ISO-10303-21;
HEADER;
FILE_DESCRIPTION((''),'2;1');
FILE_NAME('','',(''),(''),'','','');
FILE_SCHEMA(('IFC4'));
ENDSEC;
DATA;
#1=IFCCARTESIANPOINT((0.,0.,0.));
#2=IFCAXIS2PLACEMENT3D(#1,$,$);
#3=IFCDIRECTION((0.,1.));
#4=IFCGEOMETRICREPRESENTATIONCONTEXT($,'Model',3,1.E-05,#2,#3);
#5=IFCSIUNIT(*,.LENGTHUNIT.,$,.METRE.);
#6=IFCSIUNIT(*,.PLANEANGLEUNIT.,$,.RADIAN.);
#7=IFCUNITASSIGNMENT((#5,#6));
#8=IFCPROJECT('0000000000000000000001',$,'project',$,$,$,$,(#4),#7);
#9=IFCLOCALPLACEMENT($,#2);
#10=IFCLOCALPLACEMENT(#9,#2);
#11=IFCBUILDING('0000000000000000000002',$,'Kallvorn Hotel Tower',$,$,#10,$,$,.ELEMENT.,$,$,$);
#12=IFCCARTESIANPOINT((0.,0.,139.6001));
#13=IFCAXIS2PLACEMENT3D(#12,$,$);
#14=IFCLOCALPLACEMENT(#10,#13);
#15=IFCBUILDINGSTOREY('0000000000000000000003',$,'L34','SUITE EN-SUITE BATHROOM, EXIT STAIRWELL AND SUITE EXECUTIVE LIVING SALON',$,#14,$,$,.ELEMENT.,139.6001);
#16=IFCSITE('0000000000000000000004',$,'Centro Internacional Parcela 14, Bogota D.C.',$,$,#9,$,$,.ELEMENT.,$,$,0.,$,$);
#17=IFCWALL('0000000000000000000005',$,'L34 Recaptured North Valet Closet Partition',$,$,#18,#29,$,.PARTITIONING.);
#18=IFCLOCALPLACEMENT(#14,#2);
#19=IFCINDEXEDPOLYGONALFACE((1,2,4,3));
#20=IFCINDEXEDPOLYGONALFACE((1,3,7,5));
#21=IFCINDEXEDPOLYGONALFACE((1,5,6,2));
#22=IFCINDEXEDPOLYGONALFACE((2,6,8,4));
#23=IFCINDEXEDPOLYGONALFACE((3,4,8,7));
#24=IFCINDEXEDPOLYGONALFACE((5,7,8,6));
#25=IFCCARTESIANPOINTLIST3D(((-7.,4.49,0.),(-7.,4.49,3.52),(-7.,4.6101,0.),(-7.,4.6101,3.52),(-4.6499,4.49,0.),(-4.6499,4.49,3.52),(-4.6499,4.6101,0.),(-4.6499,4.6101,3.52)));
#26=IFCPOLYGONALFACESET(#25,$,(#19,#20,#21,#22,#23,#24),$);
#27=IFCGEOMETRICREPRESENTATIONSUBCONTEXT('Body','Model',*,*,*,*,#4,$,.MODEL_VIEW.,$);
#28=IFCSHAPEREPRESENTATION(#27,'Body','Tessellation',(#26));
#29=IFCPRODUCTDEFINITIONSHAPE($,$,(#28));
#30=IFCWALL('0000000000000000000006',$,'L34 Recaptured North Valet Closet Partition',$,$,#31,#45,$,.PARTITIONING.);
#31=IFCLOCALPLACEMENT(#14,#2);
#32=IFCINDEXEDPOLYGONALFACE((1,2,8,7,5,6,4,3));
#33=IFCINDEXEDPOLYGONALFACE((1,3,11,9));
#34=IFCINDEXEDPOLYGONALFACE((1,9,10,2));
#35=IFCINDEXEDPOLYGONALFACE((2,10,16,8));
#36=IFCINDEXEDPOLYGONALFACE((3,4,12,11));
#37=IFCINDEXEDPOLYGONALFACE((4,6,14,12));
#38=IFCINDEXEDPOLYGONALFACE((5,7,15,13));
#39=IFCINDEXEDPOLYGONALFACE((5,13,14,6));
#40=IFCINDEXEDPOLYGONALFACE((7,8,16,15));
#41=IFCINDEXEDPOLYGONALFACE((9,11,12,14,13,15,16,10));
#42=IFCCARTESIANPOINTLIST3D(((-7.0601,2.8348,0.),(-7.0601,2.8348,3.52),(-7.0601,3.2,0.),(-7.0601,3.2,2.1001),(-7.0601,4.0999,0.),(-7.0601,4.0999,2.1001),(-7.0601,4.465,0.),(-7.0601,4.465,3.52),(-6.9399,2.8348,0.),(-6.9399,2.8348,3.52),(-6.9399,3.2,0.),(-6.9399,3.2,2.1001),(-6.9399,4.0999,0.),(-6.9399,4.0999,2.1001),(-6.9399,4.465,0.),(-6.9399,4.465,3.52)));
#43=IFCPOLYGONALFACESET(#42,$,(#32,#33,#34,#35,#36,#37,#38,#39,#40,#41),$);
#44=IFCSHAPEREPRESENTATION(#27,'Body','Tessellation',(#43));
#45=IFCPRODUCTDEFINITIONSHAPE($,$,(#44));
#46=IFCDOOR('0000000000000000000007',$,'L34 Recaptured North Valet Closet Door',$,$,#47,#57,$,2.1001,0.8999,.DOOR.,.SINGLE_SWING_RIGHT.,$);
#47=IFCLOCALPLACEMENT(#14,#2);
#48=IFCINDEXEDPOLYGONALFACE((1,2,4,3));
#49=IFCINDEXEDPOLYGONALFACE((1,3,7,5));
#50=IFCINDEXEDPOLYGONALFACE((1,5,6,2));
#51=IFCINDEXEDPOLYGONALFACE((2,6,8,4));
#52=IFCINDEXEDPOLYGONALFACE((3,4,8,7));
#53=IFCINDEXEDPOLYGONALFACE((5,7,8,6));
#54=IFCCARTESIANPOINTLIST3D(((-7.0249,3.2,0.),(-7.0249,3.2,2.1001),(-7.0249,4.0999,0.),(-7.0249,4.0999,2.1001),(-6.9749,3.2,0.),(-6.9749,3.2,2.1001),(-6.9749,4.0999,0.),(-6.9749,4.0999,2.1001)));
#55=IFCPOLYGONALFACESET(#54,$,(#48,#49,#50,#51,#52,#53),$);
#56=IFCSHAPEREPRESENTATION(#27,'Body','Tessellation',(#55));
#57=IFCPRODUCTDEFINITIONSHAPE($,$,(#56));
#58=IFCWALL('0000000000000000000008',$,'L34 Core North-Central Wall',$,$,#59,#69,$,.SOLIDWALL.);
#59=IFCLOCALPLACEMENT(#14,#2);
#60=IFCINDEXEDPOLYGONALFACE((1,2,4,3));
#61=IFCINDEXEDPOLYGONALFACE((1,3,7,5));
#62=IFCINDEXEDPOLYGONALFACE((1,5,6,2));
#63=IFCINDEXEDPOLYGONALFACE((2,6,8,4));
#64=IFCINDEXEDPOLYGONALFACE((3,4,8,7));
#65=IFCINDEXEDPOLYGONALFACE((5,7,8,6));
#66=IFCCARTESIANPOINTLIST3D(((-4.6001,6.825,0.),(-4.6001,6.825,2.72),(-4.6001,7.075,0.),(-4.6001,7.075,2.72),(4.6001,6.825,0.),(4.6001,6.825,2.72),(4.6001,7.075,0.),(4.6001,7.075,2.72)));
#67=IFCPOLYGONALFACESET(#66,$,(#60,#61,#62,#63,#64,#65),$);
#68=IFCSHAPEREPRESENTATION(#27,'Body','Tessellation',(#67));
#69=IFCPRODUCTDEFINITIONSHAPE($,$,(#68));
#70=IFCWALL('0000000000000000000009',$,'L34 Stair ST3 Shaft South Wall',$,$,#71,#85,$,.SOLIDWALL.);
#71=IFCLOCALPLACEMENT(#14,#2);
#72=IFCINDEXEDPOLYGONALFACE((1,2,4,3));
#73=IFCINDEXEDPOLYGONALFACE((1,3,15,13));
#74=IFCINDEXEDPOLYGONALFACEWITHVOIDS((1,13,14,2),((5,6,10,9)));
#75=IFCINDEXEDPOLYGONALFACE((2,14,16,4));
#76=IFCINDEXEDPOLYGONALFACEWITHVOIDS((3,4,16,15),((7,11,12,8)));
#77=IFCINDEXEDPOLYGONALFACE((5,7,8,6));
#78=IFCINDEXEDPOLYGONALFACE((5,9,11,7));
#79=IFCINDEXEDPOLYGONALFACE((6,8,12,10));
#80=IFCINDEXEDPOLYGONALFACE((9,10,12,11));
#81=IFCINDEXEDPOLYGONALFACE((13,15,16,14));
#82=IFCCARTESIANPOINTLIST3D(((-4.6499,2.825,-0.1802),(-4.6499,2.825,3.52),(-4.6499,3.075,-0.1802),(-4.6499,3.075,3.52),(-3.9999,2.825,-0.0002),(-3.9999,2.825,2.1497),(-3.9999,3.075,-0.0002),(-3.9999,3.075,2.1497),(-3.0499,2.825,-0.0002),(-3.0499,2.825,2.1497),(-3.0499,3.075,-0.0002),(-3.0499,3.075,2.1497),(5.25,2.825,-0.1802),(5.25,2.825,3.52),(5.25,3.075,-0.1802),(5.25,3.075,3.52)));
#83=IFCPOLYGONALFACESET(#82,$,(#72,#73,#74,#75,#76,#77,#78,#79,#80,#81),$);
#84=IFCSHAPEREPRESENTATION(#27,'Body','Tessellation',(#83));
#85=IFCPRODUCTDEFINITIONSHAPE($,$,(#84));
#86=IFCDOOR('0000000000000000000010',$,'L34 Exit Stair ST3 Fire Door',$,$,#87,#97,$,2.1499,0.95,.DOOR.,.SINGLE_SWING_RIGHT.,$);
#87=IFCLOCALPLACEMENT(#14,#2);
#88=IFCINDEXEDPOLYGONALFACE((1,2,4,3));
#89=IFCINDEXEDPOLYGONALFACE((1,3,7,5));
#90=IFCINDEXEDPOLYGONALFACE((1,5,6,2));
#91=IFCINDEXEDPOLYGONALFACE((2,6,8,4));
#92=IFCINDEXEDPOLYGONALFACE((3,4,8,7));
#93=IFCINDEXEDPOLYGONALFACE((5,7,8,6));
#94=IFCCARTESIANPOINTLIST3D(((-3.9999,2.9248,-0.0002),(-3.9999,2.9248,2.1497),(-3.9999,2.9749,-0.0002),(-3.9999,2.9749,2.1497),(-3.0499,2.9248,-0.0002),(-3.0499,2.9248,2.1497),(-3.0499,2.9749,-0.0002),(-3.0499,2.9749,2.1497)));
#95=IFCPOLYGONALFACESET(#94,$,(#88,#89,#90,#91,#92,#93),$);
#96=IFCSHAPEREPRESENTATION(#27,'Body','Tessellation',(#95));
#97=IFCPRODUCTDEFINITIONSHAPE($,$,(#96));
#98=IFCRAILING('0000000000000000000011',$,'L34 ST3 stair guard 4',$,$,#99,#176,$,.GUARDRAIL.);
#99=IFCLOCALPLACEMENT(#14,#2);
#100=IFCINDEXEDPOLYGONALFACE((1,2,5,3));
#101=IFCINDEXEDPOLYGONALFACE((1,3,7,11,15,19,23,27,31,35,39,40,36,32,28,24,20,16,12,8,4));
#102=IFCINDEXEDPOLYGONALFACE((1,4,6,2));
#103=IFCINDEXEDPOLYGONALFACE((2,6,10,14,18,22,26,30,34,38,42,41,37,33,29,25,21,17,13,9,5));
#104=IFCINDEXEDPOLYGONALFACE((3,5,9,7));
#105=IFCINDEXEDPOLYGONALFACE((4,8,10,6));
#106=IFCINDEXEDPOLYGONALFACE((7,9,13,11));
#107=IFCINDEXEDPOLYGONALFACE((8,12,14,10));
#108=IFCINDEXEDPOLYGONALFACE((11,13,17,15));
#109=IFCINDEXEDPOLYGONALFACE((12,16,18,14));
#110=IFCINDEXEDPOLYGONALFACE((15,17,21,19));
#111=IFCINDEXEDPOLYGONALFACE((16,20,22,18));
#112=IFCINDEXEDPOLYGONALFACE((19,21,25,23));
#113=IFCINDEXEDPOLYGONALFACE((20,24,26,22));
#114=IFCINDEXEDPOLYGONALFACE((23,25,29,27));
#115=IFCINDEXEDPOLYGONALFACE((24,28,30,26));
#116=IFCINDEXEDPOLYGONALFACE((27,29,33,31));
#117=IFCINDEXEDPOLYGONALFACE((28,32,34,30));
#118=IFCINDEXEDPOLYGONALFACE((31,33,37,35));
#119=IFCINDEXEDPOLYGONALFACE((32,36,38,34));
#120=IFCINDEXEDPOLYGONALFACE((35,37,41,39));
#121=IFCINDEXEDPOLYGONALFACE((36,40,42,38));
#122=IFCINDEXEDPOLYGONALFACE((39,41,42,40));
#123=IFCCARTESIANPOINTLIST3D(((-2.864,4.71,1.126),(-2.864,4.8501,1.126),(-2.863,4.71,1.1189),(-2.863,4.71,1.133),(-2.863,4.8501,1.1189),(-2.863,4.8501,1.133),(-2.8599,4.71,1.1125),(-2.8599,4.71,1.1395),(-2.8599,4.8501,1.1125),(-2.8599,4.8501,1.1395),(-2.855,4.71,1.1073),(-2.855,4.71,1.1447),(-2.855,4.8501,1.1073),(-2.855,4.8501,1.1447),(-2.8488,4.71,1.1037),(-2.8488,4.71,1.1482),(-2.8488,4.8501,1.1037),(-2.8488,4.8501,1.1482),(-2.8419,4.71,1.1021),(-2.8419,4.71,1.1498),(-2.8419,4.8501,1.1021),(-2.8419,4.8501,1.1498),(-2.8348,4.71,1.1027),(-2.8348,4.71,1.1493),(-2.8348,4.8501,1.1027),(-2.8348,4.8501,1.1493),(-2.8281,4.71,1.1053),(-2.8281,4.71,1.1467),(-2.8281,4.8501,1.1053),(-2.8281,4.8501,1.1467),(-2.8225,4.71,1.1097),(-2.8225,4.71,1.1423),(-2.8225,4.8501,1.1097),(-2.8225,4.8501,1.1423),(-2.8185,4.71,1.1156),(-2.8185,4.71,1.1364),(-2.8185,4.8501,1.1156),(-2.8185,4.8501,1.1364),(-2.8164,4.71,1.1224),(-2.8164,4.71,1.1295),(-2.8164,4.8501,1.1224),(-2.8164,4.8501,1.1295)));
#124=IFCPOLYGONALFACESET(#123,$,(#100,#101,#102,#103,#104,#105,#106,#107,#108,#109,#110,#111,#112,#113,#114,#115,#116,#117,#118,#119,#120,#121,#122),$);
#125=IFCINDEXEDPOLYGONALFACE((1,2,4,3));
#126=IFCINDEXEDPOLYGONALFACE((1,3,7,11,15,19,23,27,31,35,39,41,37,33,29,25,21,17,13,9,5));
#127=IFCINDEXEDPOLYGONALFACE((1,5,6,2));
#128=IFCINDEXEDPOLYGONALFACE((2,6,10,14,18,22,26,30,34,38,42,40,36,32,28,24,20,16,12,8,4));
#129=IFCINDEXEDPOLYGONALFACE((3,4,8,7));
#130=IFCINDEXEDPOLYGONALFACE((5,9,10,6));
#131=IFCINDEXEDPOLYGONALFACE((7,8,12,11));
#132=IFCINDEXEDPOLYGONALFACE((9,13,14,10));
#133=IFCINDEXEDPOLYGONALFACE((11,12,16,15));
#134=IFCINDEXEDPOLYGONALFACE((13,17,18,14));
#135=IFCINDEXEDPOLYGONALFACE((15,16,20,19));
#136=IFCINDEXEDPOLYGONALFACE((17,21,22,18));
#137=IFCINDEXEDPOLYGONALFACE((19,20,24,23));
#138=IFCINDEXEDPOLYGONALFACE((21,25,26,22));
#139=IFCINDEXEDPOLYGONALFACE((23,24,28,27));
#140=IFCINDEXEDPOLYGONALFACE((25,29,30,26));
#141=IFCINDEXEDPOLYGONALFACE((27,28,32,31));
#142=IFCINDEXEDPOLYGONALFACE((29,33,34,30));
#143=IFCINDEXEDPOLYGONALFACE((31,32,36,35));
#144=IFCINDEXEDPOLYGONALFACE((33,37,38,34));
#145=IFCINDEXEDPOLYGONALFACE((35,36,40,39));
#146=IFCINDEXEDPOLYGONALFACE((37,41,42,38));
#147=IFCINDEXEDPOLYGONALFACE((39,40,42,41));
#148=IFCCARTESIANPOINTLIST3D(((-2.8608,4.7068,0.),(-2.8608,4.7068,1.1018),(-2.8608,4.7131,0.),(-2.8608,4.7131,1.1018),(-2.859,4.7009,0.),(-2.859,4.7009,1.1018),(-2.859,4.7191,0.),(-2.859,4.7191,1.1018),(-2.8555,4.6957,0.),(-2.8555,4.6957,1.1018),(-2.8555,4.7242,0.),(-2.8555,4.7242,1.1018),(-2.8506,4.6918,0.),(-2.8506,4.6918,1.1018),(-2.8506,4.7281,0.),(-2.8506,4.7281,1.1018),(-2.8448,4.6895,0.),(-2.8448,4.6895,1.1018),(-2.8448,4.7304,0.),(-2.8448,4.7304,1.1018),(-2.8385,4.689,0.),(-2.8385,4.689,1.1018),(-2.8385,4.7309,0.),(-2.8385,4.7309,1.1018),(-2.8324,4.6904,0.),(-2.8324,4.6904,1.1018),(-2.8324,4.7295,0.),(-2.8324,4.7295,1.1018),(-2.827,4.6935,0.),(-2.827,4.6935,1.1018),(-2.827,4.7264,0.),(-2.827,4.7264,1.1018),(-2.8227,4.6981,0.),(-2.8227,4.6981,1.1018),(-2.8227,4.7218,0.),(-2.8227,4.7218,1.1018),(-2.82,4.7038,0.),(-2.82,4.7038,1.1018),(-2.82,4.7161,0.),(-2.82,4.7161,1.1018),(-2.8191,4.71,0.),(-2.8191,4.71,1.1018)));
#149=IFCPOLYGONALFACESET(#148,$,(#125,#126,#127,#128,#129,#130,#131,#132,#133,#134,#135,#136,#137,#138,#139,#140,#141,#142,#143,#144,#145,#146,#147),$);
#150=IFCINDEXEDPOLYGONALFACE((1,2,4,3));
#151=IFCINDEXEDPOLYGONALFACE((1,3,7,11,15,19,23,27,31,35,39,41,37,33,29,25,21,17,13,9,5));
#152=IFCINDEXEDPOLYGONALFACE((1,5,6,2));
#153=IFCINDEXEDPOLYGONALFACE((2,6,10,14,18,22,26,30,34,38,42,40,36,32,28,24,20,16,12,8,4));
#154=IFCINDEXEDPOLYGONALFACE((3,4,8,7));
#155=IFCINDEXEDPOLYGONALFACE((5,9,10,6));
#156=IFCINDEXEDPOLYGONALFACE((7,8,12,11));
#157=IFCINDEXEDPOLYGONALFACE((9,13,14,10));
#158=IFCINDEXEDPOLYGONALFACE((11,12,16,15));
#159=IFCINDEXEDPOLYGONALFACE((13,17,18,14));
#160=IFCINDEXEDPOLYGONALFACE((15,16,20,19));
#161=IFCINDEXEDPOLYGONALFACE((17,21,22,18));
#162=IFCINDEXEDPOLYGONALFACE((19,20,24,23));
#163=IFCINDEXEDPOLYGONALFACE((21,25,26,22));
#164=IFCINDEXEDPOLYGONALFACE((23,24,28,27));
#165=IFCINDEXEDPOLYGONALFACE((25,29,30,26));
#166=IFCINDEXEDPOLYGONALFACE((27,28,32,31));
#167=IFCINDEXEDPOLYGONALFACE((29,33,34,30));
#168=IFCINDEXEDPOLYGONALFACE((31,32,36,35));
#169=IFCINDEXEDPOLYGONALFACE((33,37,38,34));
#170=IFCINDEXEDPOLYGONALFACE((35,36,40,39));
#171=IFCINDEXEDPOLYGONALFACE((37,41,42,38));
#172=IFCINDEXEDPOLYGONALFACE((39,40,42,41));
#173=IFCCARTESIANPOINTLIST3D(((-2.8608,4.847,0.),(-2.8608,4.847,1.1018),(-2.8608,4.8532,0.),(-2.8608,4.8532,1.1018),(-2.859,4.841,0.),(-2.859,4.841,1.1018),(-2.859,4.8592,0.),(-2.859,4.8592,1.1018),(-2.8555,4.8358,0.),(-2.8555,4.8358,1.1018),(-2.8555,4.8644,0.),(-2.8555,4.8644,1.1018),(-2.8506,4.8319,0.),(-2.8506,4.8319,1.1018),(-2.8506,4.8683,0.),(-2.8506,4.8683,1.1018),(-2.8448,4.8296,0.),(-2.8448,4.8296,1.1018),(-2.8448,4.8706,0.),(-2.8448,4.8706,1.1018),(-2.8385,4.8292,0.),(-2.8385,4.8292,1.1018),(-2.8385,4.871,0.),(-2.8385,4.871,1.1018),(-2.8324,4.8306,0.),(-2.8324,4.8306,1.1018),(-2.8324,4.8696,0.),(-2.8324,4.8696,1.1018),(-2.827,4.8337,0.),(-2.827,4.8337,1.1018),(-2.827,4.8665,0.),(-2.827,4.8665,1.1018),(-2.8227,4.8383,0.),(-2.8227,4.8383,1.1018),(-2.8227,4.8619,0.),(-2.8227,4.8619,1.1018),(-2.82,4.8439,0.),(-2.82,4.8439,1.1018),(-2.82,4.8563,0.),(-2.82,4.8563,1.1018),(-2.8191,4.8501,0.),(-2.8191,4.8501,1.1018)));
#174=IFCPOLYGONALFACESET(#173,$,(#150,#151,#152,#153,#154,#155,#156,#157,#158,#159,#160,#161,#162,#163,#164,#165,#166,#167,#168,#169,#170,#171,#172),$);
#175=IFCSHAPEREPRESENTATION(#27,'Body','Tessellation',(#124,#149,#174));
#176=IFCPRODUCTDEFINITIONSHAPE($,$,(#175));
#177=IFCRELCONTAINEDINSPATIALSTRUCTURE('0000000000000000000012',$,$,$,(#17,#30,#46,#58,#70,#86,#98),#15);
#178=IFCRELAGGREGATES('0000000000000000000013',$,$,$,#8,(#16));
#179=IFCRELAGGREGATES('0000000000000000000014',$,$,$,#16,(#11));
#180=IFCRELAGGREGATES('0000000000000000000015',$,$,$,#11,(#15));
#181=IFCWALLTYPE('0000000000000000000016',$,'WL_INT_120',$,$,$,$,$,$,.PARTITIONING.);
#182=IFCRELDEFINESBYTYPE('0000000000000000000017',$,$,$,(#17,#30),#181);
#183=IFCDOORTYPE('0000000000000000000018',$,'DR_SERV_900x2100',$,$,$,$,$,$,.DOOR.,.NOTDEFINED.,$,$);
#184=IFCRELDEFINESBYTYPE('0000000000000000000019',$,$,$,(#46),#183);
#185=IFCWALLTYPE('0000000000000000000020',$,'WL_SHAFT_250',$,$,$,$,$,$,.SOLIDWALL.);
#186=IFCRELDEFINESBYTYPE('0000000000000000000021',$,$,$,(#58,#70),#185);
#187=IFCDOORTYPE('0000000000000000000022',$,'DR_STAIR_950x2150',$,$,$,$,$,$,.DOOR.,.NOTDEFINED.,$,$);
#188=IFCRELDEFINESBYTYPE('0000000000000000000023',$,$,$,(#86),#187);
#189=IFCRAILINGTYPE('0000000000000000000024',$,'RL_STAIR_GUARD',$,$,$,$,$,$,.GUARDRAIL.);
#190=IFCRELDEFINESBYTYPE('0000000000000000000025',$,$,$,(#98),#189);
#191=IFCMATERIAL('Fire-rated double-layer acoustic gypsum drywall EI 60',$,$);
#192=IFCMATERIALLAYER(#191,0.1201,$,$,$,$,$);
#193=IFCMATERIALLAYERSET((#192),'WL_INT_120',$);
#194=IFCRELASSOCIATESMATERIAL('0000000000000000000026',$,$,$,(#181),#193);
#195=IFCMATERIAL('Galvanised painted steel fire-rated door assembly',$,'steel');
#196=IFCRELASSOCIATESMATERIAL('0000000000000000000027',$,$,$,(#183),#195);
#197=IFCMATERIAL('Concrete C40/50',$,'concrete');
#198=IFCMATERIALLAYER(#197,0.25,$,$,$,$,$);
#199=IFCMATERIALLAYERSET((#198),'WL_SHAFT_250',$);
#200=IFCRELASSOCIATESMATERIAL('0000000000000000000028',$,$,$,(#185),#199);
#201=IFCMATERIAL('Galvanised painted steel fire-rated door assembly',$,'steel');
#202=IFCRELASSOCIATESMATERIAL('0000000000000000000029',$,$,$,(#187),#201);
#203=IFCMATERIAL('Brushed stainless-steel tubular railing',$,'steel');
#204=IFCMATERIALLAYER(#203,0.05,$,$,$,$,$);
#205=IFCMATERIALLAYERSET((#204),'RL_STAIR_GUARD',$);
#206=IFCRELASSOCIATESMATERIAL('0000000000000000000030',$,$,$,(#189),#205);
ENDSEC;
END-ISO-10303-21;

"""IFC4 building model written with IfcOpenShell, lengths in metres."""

from ifc_helpers import new_model, si_unit, direction, frame, frame_2d, origin, origin_2d, place, context, subcontext, project, spatial, rectangle, circle, extrude, material, layer, layer_set, type_object, element, fill, save


model = new_model("IFC4")

# Units and contexts
model_context = context("Model", 3, precision=1e-05, world=origin(), true_north=direction((0.0, 1.0)))
body_context = subcontext(model_context, "Body", "Model", "MODEL_VIEW")
ifc_project = project(units=[si_unit("LENGTHUNIT", "METRE"), si_unit("PLANEANGLEUNIT", "RADIAN")], contexts=[model_context])

# Site, building, storey
site_placement = place(None, origin())
site = spatial("IfcSite", under=ifc_project, at=site_placement, Name="Centro Internacional Parcela 14, Bogota D.C.", CompositionType="ELEMENT", RefElevation=0.0)
building_placement = place(site_placement, origin())
building = spatial("IfcBuilding", under=site, at=building_placement, Name="Kallvorn Hotel Tower", CompositionType="ELEMENT")
storey_placement = place(building_placement, frame((0.0, 0.0, 139.6001)))
storey = spatial("IfcBuildingStorey", under=building, at=storey_placement, Name="L34", Description="SUITE EN-SUITE BATHROOM, EXIT STAIRWELL AND SUITE EXECUTIVE LIVING SALON", CompositionType="ELEMENT", Elevation=139.6001)

# Wall
ifc_material_1 = material(Name="Fire-rated double-layer acoustic gypsum drywall EI 60")
ifc_layer_1 = layer(ifc_material_1, 0.1201)
ifc_layer_set_1 = layer_set([ifc_layer_1], Name="WL_INT_120")
wall_type_1 = type_object("IfcWallType", Name="WL_INT_120", PredefinedType="PARTITIONING", material=ifc_layer_set_1)
wall_1_placement = place(storey_placement, frame((-7.0, 4.55, 0.0), z_axis=(0.0, 0.0, 1.0), x_axis=(1.0, 0.0, 0.0)))
element("IfcWall", 1, at=wall_1_placement, inside=storey, type_object=wall_type_1, Name="L34 Recaptured North Valet Closet Partition", PredefinedType="PARTITIONING", context=body_context, shape_type="SweptSolid", body=[
    extrude(rectangle(XDim=2.3501, YDim=0.1201, at=frame_2d((1.175, 0.0))), origin(), (0.0, 0.0, 1.0), 3.52),
])

# Wall, opening, door
wall_2_placement = place(storey_placement, frame((-7.0, 2.835, 0.0), z_axis=(0.0, 0.0, 1.0), x_axis=(0.0, 1.0, 0.0)))
wall_2 = element("IfcWall", 2, at=wall_2_placement, inside=storey, type_object=wall_type_1, Name="L34 Recaptured North Valet Closet Partition", PredefinedType="PARTITIONING", context=body_context, shape_type="SweptSolid", body=[
    extrude(rectangle(XDim=1.6301, YDim=0.1201, at=frame_2d((0.8149, 0.0))), origin(), (0.0, 0.0, 1.0), 3.52),
])
opening_1_placement = place(wall_2_placement, frame((0.365, 0.0, 0.0)))
opening_1 = element("IfcOpeningElement", 3, at=opening_1_placement, cuts=wall_2, PredefinedType="OPENING", context=body_context, shape_type="SweptSolid", body=[
    extrude(rectangle(XDim=0.8999, YDim=2.1001, at=frame_2d((0.45, 1.05))), frame((0.0, 0.075, 0.0), z_axis=(0.0, -1.0, 0.0), x_axis=(1.0, 0.0, 0.0)), (0.0, 0.0, 1.0), 0.1501),
])
ifc_material_2 = material(Name="Galvanised painted steel fire-rated door assembly", Category="steel")
door_type_1 = type_object("IfcDoorType", Name="DR_SERV_900x2100", OperationType="NOTDEFINED", PredefinedType="DOOR", material=ifc_material_2)
door_1_placement = place(opening_1_placement, origin())
door_1 = element("IfcDoor", 4, at=door_1_placement, inside=storey, type_object=door_type_1, Name="L34 Recaptured North Valet Closet Door", OperationType="SINGLE_SWING_RIGHT", OverallHeight=2.1001, OverallWidth=0.8999, PredefinedType="DOOR", context=body_context, shape_type="SweptSolid", body=[
    extrude(rectangle(XDim=0.8999, YDim=2.1001, at=frame_2d((0.45, 1.05))), frame((0.0, 0.0249, 0.0), z_axis=(0.0, -1.0, 0.0), x_axis=(1.0, 0.0, 0.0)), (0.0, 0.0, 1.0), 0.05),
])
fill(opening_1, door_1)

# Wall
ifc_material_3 = material(Name="Concrete C40/50", Category="concrete")
ifc_layer_2 = layer(ifc_material_3, 0.25)
ifc_layer_set_2 = layer_set([ifc_layer_2], Name="WL_SHAFT_250")
wall_type_2 = type_object("IfcWallType", Name="WL_SHAFT_250", PredefinedType="SOLIDWALL", material=ifc_layer_set_2)
wall_3_placement = place(storey_placement, frame((-4.6001, 6.95, 0.0), z_axis=(0.0, 0.0, 1.0), x_axis=(1.0, 0.0, 0.0)))
element("IfcWall", 5, at=wall_3_placement, inside=storey, type_object=wall_type_2, Name="L34 Core North-Central Wall", PredefinedType="SOLIDWALL", context=body_context, shape_type="SweptSolid", body=[
    extrude(rectangle(XDim=9.2002, YDim=0.25, at=frame_2d((4.6001, 0.0))), origin(), (0.0, 0.0, 1.0), 2.72),
])

# Wall, opening, door
wall_4_placement = place(storey_placement, frame((-4.6499, 2.95, -0.1802), z_axis=(0.0, 0.0, 1.0), x_axis=(1.0, 0.0, 0.0)))
wall_4 = element("IfcWall", 6, at=wall_4_placement, inside=storey, type_object=wall_type_2, Name="L34 Stair ST3 Shaft South Wall", PredefinedType="SOLIDWALL", context=body_context, shape_type="SweptSolid", body=[
    extrude(rectangle(XDim=9.8999, YDim=0.25, at=frame_2d((4.95, 0.0))), origin(), (0.0, 0.0, 1.0), 3.7002),
])
opening_2_placement = place(wall_4_placement, frame((0.6499, 0.0, 0.1799)))
opening_2 = element("IfcOpeningElement", 7, at=opening_2_placement, cuts=wall_4, PredefinedType="OPENING", context=body_context, shape_type="SweptSolid", body=[
    extrude(rectangle(XDim=0.95, YDim=2.1499, at=frame_2d((0.4751, 1.075))), frame((0.0, 0.1399, 0.0), z_axis=(0.0, -1.0, 0.0), x_axis=(1.0, 0.0, 0.0)), (0.0, 0.0, 1.0), 0.28),
])
ifc_material_4 = material(Name="Galvanised painted steel fire-rated door assembly", Category="steel")
door_type_2 = type_object("IfcDoorType", Name="DR_STAIR_950x2150", OperationType="NOTDEFINED", PredefinedType="DOOR", material=ifc_material_4)
door_2_placement = place(opening_2_placement, origin())
door_2 = element("IfcDoor", 8, at=door_2_placement, inside=storey, type_object=door_type_2, Name="L34 Exit Stair ST3 Fire Door", OperationType="SINGLE_SWING_RIGHT", OverallHeight=2.1499, OverallWidth=0.95, PredefinedType="DOOR", context=body_context, shape_type="SweptSolid", body=[
    extrude(rectangle(XDim=0.95, YDim=2.1499, at=frame_2d((0.4751, 1.075))), frame((0.0, 0.0249, 0.0), z_axis=(0.0, -1.0, 0.0), x_axis=(1.0, 0.0, 0.0)), (0.0, 0.0, 1.0), 0.05),
])
fill(opening_2, door_2)

# Railing
ifc_material_5 = material(Name="Brushed stainless-steel tubular railing", Category="steel")
ifc_layer_3 = layer(ifc_material_5, 0.05)
ifc_layer_set_3 = layer_set([ifc_layer_3], Name="RL_STAIR_GUARD")
railing_type = type_object("IfcRailingType", Name="RL_STAIR_GUARD", PredefinedType="GUARDRAIL", material=ifc_layer_set_3)
railing_placement = place(storey_placement, frame((-2.8401, 4.71, 0.0)))
element("IfcRailing", 9, at=railing_placement, inside=storey, type_object=railing_type, Name="L34 ST3 stair guard 4", PredefinedType="GUARDRAIL", context=body_context, shape_type="SweptSolid", body=[
    extrude(circle(Radius=0.0239, at=origin_2d()), frame((0.0, 0.0, 1.126), z_axis=(0.0, 1.0, 0.0), x_axis=(-1.0, 0.0, 0.0)), (0.0, 0.0, 1.0), 0.1401),
    extrude(circle(Radius=0.021, at=origin_2d()), origin(), (0.0, 0.0, 1.0), 1.1018),
    extrude(circle(Radius=0.021, at=origin_2d()), frame((0.0, 0.1401, 0.0)), (0.0, 0.0, 1.0), 1.1018),
])

save(model, "model.ifc")
